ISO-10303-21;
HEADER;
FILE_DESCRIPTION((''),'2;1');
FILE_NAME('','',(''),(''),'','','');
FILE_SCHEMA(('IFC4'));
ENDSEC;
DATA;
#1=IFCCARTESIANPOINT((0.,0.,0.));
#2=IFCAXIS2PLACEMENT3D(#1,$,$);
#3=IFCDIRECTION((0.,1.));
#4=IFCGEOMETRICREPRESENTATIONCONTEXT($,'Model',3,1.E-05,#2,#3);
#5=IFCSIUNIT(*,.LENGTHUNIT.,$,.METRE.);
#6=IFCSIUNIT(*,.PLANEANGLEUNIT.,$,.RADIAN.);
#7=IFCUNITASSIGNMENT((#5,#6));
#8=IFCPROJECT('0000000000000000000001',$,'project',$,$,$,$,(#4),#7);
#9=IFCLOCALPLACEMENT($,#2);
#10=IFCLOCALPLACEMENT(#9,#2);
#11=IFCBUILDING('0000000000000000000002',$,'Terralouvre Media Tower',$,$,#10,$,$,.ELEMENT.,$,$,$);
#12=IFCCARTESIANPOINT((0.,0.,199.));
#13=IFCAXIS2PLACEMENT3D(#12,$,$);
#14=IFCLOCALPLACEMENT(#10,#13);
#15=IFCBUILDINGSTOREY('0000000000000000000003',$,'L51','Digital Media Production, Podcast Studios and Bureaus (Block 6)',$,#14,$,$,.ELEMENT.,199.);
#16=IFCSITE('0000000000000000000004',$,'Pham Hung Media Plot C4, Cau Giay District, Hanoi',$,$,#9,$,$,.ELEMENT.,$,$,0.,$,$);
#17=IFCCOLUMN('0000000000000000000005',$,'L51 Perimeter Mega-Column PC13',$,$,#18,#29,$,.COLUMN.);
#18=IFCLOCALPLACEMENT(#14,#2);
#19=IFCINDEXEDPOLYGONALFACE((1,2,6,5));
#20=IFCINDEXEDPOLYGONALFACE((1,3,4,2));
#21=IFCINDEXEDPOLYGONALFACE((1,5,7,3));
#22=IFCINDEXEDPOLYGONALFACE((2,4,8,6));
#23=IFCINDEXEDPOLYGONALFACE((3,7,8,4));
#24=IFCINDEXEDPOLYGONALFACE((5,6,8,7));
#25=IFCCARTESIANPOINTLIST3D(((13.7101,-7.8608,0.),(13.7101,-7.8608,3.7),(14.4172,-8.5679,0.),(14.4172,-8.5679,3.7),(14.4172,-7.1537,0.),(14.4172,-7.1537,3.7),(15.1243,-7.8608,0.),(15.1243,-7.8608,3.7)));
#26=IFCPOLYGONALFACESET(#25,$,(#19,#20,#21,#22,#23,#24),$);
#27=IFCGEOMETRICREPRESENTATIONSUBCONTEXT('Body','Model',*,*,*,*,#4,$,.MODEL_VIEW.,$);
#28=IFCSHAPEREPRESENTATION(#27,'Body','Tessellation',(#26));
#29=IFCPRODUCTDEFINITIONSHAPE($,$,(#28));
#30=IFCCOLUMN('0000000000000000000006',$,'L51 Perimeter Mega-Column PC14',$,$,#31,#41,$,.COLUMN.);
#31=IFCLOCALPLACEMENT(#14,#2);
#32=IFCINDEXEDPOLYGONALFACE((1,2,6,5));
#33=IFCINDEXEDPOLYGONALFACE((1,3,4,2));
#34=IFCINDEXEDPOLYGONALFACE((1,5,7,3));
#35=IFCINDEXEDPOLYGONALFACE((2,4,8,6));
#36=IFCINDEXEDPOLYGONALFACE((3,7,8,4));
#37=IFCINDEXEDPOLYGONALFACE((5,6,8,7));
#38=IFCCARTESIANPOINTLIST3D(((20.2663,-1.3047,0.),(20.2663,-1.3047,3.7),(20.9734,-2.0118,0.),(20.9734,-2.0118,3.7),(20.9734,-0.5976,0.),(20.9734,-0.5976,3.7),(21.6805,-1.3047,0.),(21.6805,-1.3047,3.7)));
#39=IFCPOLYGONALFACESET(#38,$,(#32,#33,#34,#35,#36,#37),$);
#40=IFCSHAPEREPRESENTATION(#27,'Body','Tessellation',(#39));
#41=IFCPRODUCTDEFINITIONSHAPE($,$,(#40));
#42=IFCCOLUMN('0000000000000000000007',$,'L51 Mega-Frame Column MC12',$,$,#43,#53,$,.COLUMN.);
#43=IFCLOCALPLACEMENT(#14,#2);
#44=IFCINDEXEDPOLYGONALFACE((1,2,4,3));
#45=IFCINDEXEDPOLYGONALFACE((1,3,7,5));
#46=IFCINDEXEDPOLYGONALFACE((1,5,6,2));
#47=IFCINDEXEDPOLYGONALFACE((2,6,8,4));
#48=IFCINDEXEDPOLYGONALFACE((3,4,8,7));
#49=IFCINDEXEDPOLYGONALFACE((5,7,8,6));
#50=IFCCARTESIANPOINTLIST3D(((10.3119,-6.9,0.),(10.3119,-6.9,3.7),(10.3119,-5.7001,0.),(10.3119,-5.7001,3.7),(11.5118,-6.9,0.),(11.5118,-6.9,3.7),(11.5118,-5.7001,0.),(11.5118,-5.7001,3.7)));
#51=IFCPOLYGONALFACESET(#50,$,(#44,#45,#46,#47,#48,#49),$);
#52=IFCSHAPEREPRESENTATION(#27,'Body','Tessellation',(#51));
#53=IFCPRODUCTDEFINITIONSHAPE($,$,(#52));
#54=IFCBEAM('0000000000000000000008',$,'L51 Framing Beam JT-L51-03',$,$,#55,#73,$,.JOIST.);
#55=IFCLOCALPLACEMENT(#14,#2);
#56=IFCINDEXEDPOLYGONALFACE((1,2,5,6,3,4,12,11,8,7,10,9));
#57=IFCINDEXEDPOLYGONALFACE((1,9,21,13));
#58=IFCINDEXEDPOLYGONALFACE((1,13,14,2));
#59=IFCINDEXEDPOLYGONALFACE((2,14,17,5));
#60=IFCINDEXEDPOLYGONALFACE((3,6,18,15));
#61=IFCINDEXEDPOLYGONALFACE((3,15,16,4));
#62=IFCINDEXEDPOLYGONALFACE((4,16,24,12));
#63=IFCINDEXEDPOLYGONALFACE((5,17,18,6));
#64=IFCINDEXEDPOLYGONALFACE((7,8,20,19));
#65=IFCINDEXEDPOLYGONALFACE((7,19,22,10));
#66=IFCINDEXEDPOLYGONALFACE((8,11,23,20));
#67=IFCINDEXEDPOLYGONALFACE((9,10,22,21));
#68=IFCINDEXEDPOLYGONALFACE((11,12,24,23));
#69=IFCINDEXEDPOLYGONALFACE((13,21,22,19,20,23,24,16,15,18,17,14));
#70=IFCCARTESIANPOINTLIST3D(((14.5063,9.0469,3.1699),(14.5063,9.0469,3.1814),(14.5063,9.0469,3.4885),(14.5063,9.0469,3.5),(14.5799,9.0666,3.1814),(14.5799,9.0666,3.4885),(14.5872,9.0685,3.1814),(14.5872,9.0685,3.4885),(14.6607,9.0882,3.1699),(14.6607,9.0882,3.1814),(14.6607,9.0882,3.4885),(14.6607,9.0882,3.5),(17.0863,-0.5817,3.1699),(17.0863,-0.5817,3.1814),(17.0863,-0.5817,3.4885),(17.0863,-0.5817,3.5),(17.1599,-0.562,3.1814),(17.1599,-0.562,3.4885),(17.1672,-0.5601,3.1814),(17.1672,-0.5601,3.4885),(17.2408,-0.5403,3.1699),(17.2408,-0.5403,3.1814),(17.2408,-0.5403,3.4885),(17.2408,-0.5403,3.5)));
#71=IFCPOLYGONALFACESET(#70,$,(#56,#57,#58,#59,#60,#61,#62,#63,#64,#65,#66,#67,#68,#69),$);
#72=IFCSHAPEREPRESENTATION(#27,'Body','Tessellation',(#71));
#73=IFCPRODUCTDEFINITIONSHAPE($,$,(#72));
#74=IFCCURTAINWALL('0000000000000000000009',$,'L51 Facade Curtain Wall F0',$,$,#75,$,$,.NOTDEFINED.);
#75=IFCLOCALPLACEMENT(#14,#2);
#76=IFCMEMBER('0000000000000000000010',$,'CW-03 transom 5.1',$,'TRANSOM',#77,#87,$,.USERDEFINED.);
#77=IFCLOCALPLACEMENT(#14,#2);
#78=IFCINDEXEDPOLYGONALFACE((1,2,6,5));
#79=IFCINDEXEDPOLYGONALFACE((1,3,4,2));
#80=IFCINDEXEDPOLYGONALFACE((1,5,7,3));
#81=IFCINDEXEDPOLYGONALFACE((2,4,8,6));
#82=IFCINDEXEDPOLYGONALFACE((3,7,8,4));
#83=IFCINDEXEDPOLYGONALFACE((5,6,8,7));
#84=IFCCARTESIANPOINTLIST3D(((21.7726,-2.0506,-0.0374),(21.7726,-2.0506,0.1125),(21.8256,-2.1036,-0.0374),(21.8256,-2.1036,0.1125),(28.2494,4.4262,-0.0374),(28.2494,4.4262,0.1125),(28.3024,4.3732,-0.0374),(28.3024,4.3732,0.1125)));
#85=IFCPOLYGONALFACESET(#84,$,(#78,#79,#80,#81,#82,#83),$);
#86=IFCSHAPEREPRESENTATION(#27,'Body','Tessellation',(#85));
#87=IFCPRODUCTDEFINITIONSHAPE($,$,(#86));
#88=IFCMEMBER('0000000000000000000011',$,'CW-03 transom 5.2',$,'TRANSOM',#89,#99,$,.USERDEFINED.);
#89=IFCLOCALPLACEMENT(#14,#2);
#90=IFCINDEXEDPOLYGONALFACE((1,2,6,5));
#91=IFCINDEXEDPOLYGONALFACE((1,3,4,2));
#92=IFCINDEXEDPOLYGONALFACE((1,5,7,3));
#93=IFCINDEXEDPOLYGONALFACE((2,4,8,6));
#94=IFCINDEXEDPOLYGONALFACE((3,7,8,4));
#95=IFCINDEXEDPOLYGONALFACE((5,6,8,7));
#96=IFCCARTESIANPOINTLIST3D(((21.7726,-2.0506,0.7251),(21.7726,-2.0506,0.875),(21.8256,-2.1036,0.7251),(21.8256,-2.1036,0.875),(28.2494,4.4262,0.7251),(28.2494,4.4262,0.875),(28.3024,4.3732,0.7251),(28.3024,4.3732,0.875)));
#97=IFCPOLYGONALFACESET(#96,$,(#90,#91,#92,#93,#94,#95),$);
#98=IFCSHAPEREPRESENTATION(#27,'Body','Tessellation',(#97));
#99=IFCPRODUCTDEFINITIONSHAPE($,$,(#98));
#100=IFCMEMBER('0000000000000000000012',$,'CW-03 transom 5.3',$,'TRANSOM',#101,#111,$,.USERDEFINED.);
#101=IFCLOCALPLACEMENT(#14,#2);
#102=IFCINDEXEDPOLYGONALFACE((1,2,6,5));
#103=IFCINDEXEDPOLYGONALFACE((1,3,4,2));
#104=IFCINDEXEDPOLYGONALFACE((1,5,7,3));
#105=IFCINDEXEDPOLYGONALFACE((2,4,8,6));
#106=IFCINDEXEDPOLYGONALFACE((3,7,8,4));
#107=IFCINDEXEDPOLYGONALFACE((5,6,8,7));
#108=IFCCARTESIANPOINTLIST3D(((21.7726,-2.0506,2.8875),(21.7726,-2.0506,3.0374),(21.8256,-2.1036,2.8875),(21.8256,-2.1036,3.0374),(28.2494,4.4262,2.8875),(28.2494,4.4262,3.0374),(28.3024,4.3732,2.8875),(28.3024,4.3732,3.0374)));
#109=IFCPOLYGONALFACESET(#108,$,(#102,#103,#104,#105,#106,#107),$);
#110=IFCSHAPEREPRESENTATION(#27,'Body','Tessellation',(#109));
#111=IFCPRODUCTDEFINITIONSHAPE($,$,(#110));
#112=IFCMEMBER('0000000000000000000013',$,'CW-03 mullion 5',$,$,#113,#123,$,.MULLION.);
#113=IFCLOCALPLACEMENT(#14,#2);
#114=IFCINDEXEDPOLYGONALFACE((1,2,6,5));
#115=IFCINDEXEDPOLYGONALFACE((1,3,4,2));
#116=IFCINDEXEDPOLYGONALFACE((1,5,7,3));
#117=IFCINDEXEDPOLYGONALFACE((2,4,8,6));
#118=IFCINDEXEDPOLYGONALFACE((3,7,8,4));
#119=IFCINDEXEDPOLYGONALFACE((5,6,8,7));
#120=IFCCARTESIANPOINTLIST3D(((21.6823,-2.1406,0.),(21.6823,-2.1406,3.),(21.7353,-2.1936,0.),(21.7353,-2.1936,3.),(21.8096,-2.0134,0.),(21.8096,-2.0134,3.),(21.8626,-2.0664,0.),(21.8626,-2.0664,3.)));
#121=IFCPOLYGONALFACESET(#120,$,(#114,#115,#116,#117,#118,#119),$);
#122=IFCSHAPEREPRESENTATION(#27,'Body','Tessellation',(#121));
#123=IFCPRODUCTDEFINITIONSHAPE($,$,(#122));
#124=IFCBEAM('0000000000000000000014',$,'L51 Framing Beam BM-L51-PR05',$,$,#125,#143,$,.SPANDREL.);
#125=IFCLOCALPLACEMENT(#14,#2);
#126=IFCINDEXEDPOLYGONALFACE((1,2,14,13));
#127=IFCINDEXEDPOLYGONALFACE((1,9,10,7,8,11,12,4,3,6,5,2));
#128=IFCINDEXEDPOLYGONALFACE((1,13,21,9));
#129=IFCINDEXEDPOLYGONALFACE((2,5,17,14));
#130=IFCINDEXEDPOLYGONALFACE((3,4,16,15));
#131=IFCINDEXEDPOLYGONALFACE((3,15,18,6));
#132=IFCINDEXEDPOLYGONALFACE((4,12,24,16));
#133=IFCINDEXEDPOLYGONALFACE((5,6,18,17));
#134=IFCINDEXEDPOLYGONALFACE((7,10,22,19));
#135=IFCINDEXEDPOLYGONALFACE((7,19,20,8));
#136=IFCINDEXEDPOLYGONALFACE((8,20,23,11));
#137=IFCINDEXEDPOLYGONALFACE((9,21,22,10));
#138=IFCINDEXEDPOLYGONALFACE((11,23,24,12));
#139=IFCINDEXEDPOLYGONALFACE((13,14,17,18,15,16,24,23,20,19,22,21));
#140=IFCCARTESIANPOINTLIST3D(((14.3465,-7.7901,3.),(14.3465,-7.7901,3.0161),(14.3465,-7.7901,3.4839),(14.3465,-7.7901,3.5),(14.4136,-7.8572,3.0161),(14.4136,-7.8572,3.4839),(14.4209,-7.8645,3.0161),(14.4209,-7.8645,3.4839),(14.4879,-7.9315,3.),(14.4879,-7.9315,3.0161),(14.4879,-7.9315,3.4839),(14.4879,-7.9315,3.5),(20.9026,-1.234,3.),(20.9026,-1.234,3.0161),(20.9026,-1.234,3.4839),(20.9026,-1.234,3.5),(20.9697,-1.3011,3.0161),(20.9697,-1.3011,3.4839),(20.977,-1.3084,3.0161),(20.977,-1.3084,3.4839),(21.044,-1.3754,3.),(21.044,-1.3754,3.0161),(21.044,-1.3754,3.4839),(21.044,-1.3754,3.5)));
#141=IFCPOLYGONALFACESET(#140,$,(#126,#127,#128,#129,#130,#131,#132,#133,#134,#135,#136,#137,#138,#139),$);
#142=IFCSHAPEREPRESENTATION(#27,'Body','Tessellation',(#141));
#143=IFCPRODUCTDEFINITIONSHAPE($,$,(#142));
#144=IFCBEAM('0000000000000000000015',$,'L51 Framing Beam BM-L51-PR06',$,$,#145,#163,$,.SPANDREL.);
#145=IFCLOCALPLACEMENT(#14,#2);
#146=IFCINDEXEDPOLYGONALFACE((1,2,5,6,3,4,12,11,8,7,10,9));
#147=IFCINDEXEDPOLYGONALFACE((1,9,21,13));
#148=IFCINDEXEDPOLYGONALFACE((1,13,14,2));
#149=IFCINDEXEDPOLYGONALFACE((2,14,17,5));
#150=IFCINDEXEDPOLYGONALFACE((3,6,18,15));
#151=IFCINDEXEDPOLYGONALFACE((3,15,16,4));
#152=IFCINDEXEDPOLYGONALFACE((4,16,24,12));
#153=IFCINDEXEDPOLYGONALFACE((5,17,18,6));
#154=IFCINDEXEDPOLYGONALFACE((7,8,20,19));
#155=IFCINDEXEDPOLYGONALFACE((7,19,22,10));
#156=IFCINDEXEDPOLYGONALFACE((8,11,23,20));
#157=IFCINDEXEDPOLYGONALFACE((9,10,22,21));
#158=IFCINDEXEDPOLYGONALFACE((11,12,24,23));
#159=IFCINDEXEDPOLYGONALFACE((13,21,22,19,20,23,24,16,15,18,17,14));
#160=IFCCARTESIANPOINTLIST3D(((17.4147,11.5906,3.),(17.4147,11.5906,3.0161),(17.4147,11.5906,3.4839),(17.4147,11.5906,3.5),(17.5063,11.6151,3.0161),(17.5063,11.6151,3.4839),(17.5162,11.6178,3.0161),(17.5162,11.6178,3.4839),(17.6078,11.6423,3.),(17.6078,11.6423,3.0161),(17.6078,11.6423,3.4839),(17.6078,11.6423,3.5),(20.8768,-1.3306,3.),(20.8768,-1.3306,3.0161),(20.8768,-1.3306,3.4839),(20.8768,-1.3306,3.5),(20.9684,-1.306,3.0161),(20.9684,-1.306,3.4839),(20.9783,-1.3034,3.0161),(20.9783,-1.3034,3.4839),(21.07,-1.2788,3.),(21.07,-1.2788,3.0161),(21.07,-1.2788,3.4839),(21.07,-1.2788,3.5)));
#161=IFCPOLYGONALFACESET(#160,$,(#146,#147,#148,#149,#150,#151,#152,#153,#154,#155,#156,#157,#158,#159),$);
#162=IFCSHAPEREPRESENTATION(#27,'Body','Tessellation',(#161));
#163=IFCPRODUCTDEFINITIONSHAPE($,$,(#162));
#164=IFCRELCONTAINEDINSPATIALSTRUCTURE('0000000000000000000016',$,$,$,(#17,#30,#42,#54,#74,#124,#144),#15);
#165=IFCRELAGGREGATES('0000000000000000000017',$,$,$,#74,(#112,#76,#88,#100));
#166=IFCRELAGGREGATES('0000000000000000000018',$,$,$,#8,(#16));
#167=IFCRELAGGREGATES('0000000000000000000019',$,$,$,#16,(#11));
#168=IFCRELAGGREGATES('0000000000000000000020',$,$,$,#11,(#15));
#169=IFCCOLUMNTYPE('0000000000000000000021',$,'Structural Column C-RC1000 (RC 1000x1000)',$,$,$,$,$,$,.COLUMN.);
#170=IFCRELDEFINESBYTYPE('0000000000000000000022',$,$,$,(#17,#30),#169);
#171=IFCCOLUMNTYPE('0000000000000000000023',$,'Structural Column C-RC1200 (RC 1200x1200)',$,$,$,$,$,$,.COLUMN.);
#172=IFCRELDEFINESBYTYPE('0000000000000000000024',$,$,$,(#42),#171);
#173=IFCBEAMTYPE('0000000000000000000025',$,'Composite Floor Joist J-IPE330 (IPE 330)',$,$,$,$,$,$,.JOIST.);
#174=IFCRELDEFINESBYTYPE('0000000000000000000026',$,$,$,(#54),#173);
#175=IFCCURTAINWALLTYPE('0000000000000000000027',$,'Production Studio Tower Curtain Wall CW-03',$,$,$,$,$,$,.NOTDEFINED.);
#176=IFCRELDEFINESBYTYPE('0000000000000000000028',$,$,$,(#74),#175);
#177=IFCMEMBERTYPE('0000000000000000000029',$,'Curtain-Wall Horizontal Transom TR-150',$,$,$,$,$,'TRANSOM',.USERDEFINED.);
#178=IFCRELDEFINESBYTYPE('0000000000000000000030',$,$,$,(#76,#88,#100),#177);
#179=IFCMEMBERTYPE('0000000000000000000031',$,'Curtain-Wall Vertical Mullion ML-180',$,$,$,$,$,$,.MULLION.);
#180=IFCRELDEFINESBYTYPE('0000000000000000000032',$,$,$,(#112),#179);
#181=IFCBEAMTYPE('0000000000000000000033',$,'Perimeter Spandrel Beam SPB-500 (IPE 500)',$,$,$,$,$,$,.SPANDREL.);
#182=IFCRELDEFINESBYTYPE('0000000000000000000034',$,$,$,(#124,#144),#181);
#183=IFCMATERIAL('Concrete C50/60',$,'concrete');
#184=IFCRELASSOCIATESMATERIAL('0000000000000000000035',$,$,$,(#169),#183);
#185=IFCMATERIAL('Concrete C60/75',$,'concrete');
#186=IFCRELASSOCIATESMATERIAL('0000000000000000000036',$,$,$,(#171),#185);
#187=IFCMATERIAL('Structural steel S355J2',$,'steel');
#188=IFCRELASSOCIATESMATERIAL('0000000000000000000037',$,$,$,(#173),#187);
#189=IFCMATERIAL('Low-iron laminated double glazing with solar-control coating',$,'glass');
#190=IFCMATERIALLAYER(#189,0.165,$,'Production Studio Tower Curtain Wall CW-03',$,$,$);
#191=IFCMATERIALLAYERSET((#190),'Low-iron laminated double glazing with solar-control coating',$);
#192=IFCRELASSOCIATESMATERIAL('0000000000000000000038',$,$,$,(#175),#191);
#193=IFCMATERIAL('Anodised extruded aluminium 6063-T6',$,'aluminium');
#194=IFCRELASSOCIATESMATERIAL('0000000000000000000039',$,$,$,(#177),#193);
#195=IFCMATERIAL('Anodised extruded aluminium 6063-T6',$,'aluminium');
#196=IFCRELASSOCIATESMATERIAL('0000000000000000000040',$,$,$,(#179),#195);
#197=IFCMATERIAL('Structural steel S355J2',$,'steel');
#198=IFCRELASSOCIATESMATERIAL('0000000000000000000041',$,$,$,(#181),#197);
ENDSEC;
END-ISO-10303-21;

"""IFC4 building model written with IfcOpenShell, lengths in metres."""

from ifc_helpers import new_model, si_unit, direction, frame, origin, origin_2d, place, context, subcontext, project, spatial, rectangle, i_section, extrude, material, layer, layer_set, material_profile, profile_set, type_object, element, aggregate, save


model = new_model("IFC4")

# Units and contexts
model_context = context("Model", 3, precision=1e-05, world=origin(), true_north=direction((0.0, 1.0)))
body_context = subcontext(model_context, "Body", "Model", "MODEL_VIEW")
ifc_project = project(units=[si_unit("LENGTHUNIT", "METRE"), si_unit("PLANEANGLEUNIT", "RADIAN")], contexts=[model_context])

# Site, building, storey
site_placement = place(None, origin())
site = spatial("IfcSite", under=ifc_project, at=site_placement, Name="Pham Hung Media Plot C4, Cau Giay District, Hanoi", CompositionType="ELEMENT", RefElevation=0.0)
building_placement = place(site_placement, origin())
building = spatial("IfcBuilding", under=site, at=building_placement, Name="Terralouvre Media Tower", CompositionType="ELEMENT")
storey_placement = place(building_placement, frame((0.0, 0.0, 199.0)))
storey = spatial("IfcBuildingStorey", under=building, at=storey_placement, Name="L51", Description="Digital Media Production, Podcast Studios and Bureaus (Block 6)", CompositionType="ELEMENT", Elevation=199.0)

# Columns
ifc_material_1 = material(Name="Concrete C50/60", Category="concrete")
ifc_material_profile_1 = material_profile(ifc_material_1, rectangle(XDim=1.0, YDim=1.0, at=origin_2d()), Name="RC 1000x1000")
ifc_profile_set_1 = profile_set([ifc_material_profile_1], Name="Concrete C50/60")
column_type_1 = type_object("IfcColumnType", Name="Structural Column C-RC1000 (RC 1000x1000)", PredefinedType="COLUMN", material=ifc_profile_set_1)
for number, where, z_axis, x_axis, name in (
    (1, (14.4172, -7.8608, 0.0), (0.0, 0.0, 1.0), (0.707107, 0.707107, 0.0), "L51 Perimeter Mega-Column PC13"),
    (2, (20.9734, -1.3047, 0.0), (0.0, 0.0, 1.0), (0.707107, 0.707107, 0.0), "L51 Perimeter Mega-Column PC14"),
):
    element("IfcColumn", number, at=place(storey_placement, frame(where, z_axis=z_axis, x_axis=x_axis)), inside=storey, type_object=column_type_1, Name=name, PredefinedType="COLUMN", context=body_context, shape_type="SweptSolid", body=[
        extrude(rectangle(XDim=1.0, YDim=1.0, at=origin_2d()), origin(), (0.0, 0.0, 1.0), 3.7),
    ])
ifc_material_2 = material(Name="Concrete C60/75", Category="concrete")
ifc_material_profile_2 = material_profile(ifc_material_2, rectangle(XDim=1.2, YDim=1.2, at=origin_2d()), Name="RC 1200x1200")
ifc_profile_set_2 = profile_set([ifc_material_profile_2], Name="Concrete C60/75")
column_type_2 = type_object("IfcColumnType", Name="Structural Column C-RC1200 (RC 1200x1200)", PredefinedType="COLUMN", material=ifc_profile_set_2)
column_placement = place(storey_placement, frame((10.9119, -6.3, 0.0), z_axis=(0.0, 0.0, 1.0), x_axis=(1.0, 0.0, 0.0)))
element("IfcColumn", 3, at=column_placement, inside=storey, type_object=column_type_2, Name="L51 Mega-Frame Column MC12", PredefinedType="COLUMN", context=body_context, shape_type="SweptSolid", body=[
    extrude(rectangle(XDim=1.2, YDim=1.2, at=origin_2d()), origin(), (0.0, 0.0, 1.0), 3.7),
])

# Beam
ifc_material_3 = material(Name="Structural steel S355J2", Category="steel")
ifc_material_profile_3 = material_profile(ifc_material_3, i_section(OverallWidth=0.1599, OverallDepth=0.3301, WebThickness=0.0076, FlangeThickness=0.0115, at=origin_2d()), Name="IPE 330")
ifc_profile_set_3 = profile_set([ifc_material_profile_3], Name="Structural steel S355J2")
beam_type_1 = type_object("IfcBeamType", Name="Composite Floor Joist J-IPE330 (IPE 330)", PredefinedType="JOIST", material=ifc_profile_set_3)
beam_1_placement = place(storey_placement, frame((17.1636, -0.561, 3.335), z_axis=(-0.258827, 0.965924, 0.0), x_axis=(-0.965924, -0.258827, 0.0)))
element("IfcBeam", 4, at=beam_1_placement, inside=storey, type_object=beam_type_1, Name="L51 Framing Beam JT-L51-03", PredefinedType="JOIST", context=body_context, shape_type="SweptSolid", body=[
    extrude(i_section(OverallWidth=0.1599, OverallDepth=0.3301, WebThickness=0.0076, FlangeThickness=0.0115, at=origin_2d()), origin(), (0.0, 0.0, 1.0), 9.9683),
])

# Curtain wall, members
ifc_material_4 = material(Name="Low-iron laminated double glazing with solar-control coating", Category="glass")
ifc_layer_1 = layer(ifc_material_4, 0.165, Name="Production Studio Tower Curtain Wall CW-03")
ifc_layer_set_1 = layer_set([ifc_layer_1], Name="Low-iron laminated double glazing with solar-control coating")
curtain_wall_type = type_object("IfcCurtainWallType", Name="Production Studio Tower Curtain Wall CW-03", PredefinedType="NOTDEFINED", material=ifc_layer_set_1)
curtain_wall_placement = place(storey_placement, origin())
curtain_wall = element("IfcCurtainWall", 5, at=curtain_wall_placement, inside=storey, type_object=curtain_wall_type, Name="L51 Facade Curtain Wall F0", PredefinedType="NOTDEFINED")
ifc_material_5 = material(Name="Anodised extruded aluminium 6063-T6", Category="aluminium")
ifc_material_profile_4 = material_profile(ifc_material_5, rectangle(XDim=0.075, YDim=0.1499, at=origin_2d()), Name="ALU 75x150")
ifc_profile_set_4 = profile_set([ifc_material_profile_4], Name="Anodised extruded aluminium 6063-T6")
member_type_1 = type_object("IfcMemberType", Name="Curtain-Wall Horizontal Transom TR-150", ElementType="TRANSOM", PredefinedType="USERDEFINED", material=ifc_profile_set_4)
member_1_placement = place(storey_placement, frame((21.7991, -2.0771, 0.0376), z_axis=(0.707107, 0.707107, 0.0), x_axis=(-0.707107, 0.707107, 0.0)))
member_1 = element("IfcMember", 6, at=member_1_placement, type_object=member_type_1, Name="CW-03 transom 5.1", ObjectType="TRANSOM", PredefinedType="USERDEFINED", context=body_context, shape_type="SweptSolid", body=[
    extrude(rectangle(XDim=0.075, YDim=0.1499, at=origin_2d()), origin(), (0.0, 0.0, 1.0), 9.1597),
])
member_2_placement = place(storey_placement, frame((21.7991, -2.0771, 0.8), z_axis=(0.707107, 0.707107, 0.0), x_axis=(-0.707107, 0.707107, 0.0)))
member_2 = element("IfcMember", 7, at=member_2_placement, type_object=member_type_1, Name="CW-03 transom 5.2", ObjectType="TRANSOM", PredefinedType="USERDEFINED", context=body_context, shape_type="SweptSolid", body=[
    extrude(rectangle(XDim=0.075, YDim=0.1499, at=origin_2d()), origin(), (0.0, 0.0, 1.0), 9.1597),
])
member_3_placement = place(storey_placement, frame((21.7991, -2.0771, 2.9624), z_axis=(0.707107, 0.707107, 0.0), x_axis=(-0.707107, 0.707107, 0.0)))
member_3 = element("IfcMember", 8, at=member_3_placement, type_object=member_type_1, Name="CW-03 transom 5.3", ObjectType="TRANSOM", PredefinedType="USERDEFINED", context=body_context, shape_type="SweptSolid", body=[
    extrude(rectangle(XDim=0.075, YDim=0.1499, at=origin_2d()), origin(), (0.0, 0.0, 1.0), 9.1597),
])
ifc_material_6 = material(Name="Anodised extruded aluminium 6063-T6", Category="aluminium")
ifc_material_profile_5 = material_profile(ifc_material_6, rectangle(XDim=0.075, YDim=0.1799, at=origin_2d()), Name="ALU 75x180")
ifc_profile_set_5 = profile_set([ifc_material_profile_5], Name="Anodised extruded aluminium 6063-T6")
member_type_2 = type_object("IfcMemberType", Name="Curtain-Wall Vertical Mullion ML-180", PredefinedType="MULLION", material=ifc_profile_set_5)
member_4_placement = place(storey_placement, frame((21.7725, -2.1035, 0.0), z_axis=(0.0, 0.0, 1.0), x_axis=(-0.707107, 0.707107, 0.0)))
member_4 = element("IfcMember", 9, at=member_4_placement, type_object=member_type_2, Name="CW-03 mullion 5", PredefinedType="MULLION", context=body_context, shape_type="SweptSolid", body=[
    extrude(rectangle(XDim=0.075, YDim=0.1799, at=origin_2d()), origin(), (0.0, 0.0, 1.0), 3.0),
])

# Beams
ifc_material_7 = material(Name="Structural steel S355J2", Category="steel")
ifc_material_profile_6 = material_profile(ifc_material_7, i_section(OverallWidth=0.2, OverallDepth=0.5, WebThickness=0.0103, FlangeThickness=0.0161, at=origin_2d()), Name="IPE 500")
ifc_profile_set_6 = profile_set([ifc_material_profile_6], Name="Structural steel S355J2")
beam_type_2 = type_object("IfcBeamType", Name="Perimeter Spandrel Beam SPB-500 (IPE 500)", PredefinedType="SPANDREL", material=ifc_profile_set_6)
beam_2_placement = place(storey_placement, frame((14.4172, -7.8608, 3.25), z_axis=(0.707107, 0.707107, 0.0), x_axis=(-0.707107, 0.707107, 0.0)))
element("IfcBeam", 10, at=beam_2_placement, inside=storey, type_object=beam_type_2, Name="L51 Framing Beam BM-L51-PR05", PredefinedType="SPANDREL", context=body_context, shape_type="SweptSolid", body=[
    extrude(i_section(OverallWidth=0.2, OverallDepth=0.5, WebThickness=0.0103, FlangeThickness=0.0161, at=origin_2d()), origin(), (0.0, 0.0, 1.0), 9.2717),
])
beam_3_placement = place(storey_placement, frame((20.9734, -1.3047, 3.25), z_axis=(-0.258815, 0.965927, 0.0), x_axis=(-0.965927, -0.258815, 0.0)))
element("IfcBeam", 11, at=beam_3_placement, inside=storey, type_object=beam_type_2, Name="L51 Framing Beam BM-L51-PR06", PredefinedType="SPANDREL", context=body_context, shape_type="SweptSolid", body=[
    extrude(i_section(OverallWidth=0.2, OverallDepth=0.5, WebThickness=0.0103, FlangeThickness=0.0161, at=origin_2d()), origin(), (0.0, 0.0, 1.0), 13.377),
])

aggregate(curtain_wall, [member_4, member_1, member_2, member_3])

save(model, "model.ifc")
